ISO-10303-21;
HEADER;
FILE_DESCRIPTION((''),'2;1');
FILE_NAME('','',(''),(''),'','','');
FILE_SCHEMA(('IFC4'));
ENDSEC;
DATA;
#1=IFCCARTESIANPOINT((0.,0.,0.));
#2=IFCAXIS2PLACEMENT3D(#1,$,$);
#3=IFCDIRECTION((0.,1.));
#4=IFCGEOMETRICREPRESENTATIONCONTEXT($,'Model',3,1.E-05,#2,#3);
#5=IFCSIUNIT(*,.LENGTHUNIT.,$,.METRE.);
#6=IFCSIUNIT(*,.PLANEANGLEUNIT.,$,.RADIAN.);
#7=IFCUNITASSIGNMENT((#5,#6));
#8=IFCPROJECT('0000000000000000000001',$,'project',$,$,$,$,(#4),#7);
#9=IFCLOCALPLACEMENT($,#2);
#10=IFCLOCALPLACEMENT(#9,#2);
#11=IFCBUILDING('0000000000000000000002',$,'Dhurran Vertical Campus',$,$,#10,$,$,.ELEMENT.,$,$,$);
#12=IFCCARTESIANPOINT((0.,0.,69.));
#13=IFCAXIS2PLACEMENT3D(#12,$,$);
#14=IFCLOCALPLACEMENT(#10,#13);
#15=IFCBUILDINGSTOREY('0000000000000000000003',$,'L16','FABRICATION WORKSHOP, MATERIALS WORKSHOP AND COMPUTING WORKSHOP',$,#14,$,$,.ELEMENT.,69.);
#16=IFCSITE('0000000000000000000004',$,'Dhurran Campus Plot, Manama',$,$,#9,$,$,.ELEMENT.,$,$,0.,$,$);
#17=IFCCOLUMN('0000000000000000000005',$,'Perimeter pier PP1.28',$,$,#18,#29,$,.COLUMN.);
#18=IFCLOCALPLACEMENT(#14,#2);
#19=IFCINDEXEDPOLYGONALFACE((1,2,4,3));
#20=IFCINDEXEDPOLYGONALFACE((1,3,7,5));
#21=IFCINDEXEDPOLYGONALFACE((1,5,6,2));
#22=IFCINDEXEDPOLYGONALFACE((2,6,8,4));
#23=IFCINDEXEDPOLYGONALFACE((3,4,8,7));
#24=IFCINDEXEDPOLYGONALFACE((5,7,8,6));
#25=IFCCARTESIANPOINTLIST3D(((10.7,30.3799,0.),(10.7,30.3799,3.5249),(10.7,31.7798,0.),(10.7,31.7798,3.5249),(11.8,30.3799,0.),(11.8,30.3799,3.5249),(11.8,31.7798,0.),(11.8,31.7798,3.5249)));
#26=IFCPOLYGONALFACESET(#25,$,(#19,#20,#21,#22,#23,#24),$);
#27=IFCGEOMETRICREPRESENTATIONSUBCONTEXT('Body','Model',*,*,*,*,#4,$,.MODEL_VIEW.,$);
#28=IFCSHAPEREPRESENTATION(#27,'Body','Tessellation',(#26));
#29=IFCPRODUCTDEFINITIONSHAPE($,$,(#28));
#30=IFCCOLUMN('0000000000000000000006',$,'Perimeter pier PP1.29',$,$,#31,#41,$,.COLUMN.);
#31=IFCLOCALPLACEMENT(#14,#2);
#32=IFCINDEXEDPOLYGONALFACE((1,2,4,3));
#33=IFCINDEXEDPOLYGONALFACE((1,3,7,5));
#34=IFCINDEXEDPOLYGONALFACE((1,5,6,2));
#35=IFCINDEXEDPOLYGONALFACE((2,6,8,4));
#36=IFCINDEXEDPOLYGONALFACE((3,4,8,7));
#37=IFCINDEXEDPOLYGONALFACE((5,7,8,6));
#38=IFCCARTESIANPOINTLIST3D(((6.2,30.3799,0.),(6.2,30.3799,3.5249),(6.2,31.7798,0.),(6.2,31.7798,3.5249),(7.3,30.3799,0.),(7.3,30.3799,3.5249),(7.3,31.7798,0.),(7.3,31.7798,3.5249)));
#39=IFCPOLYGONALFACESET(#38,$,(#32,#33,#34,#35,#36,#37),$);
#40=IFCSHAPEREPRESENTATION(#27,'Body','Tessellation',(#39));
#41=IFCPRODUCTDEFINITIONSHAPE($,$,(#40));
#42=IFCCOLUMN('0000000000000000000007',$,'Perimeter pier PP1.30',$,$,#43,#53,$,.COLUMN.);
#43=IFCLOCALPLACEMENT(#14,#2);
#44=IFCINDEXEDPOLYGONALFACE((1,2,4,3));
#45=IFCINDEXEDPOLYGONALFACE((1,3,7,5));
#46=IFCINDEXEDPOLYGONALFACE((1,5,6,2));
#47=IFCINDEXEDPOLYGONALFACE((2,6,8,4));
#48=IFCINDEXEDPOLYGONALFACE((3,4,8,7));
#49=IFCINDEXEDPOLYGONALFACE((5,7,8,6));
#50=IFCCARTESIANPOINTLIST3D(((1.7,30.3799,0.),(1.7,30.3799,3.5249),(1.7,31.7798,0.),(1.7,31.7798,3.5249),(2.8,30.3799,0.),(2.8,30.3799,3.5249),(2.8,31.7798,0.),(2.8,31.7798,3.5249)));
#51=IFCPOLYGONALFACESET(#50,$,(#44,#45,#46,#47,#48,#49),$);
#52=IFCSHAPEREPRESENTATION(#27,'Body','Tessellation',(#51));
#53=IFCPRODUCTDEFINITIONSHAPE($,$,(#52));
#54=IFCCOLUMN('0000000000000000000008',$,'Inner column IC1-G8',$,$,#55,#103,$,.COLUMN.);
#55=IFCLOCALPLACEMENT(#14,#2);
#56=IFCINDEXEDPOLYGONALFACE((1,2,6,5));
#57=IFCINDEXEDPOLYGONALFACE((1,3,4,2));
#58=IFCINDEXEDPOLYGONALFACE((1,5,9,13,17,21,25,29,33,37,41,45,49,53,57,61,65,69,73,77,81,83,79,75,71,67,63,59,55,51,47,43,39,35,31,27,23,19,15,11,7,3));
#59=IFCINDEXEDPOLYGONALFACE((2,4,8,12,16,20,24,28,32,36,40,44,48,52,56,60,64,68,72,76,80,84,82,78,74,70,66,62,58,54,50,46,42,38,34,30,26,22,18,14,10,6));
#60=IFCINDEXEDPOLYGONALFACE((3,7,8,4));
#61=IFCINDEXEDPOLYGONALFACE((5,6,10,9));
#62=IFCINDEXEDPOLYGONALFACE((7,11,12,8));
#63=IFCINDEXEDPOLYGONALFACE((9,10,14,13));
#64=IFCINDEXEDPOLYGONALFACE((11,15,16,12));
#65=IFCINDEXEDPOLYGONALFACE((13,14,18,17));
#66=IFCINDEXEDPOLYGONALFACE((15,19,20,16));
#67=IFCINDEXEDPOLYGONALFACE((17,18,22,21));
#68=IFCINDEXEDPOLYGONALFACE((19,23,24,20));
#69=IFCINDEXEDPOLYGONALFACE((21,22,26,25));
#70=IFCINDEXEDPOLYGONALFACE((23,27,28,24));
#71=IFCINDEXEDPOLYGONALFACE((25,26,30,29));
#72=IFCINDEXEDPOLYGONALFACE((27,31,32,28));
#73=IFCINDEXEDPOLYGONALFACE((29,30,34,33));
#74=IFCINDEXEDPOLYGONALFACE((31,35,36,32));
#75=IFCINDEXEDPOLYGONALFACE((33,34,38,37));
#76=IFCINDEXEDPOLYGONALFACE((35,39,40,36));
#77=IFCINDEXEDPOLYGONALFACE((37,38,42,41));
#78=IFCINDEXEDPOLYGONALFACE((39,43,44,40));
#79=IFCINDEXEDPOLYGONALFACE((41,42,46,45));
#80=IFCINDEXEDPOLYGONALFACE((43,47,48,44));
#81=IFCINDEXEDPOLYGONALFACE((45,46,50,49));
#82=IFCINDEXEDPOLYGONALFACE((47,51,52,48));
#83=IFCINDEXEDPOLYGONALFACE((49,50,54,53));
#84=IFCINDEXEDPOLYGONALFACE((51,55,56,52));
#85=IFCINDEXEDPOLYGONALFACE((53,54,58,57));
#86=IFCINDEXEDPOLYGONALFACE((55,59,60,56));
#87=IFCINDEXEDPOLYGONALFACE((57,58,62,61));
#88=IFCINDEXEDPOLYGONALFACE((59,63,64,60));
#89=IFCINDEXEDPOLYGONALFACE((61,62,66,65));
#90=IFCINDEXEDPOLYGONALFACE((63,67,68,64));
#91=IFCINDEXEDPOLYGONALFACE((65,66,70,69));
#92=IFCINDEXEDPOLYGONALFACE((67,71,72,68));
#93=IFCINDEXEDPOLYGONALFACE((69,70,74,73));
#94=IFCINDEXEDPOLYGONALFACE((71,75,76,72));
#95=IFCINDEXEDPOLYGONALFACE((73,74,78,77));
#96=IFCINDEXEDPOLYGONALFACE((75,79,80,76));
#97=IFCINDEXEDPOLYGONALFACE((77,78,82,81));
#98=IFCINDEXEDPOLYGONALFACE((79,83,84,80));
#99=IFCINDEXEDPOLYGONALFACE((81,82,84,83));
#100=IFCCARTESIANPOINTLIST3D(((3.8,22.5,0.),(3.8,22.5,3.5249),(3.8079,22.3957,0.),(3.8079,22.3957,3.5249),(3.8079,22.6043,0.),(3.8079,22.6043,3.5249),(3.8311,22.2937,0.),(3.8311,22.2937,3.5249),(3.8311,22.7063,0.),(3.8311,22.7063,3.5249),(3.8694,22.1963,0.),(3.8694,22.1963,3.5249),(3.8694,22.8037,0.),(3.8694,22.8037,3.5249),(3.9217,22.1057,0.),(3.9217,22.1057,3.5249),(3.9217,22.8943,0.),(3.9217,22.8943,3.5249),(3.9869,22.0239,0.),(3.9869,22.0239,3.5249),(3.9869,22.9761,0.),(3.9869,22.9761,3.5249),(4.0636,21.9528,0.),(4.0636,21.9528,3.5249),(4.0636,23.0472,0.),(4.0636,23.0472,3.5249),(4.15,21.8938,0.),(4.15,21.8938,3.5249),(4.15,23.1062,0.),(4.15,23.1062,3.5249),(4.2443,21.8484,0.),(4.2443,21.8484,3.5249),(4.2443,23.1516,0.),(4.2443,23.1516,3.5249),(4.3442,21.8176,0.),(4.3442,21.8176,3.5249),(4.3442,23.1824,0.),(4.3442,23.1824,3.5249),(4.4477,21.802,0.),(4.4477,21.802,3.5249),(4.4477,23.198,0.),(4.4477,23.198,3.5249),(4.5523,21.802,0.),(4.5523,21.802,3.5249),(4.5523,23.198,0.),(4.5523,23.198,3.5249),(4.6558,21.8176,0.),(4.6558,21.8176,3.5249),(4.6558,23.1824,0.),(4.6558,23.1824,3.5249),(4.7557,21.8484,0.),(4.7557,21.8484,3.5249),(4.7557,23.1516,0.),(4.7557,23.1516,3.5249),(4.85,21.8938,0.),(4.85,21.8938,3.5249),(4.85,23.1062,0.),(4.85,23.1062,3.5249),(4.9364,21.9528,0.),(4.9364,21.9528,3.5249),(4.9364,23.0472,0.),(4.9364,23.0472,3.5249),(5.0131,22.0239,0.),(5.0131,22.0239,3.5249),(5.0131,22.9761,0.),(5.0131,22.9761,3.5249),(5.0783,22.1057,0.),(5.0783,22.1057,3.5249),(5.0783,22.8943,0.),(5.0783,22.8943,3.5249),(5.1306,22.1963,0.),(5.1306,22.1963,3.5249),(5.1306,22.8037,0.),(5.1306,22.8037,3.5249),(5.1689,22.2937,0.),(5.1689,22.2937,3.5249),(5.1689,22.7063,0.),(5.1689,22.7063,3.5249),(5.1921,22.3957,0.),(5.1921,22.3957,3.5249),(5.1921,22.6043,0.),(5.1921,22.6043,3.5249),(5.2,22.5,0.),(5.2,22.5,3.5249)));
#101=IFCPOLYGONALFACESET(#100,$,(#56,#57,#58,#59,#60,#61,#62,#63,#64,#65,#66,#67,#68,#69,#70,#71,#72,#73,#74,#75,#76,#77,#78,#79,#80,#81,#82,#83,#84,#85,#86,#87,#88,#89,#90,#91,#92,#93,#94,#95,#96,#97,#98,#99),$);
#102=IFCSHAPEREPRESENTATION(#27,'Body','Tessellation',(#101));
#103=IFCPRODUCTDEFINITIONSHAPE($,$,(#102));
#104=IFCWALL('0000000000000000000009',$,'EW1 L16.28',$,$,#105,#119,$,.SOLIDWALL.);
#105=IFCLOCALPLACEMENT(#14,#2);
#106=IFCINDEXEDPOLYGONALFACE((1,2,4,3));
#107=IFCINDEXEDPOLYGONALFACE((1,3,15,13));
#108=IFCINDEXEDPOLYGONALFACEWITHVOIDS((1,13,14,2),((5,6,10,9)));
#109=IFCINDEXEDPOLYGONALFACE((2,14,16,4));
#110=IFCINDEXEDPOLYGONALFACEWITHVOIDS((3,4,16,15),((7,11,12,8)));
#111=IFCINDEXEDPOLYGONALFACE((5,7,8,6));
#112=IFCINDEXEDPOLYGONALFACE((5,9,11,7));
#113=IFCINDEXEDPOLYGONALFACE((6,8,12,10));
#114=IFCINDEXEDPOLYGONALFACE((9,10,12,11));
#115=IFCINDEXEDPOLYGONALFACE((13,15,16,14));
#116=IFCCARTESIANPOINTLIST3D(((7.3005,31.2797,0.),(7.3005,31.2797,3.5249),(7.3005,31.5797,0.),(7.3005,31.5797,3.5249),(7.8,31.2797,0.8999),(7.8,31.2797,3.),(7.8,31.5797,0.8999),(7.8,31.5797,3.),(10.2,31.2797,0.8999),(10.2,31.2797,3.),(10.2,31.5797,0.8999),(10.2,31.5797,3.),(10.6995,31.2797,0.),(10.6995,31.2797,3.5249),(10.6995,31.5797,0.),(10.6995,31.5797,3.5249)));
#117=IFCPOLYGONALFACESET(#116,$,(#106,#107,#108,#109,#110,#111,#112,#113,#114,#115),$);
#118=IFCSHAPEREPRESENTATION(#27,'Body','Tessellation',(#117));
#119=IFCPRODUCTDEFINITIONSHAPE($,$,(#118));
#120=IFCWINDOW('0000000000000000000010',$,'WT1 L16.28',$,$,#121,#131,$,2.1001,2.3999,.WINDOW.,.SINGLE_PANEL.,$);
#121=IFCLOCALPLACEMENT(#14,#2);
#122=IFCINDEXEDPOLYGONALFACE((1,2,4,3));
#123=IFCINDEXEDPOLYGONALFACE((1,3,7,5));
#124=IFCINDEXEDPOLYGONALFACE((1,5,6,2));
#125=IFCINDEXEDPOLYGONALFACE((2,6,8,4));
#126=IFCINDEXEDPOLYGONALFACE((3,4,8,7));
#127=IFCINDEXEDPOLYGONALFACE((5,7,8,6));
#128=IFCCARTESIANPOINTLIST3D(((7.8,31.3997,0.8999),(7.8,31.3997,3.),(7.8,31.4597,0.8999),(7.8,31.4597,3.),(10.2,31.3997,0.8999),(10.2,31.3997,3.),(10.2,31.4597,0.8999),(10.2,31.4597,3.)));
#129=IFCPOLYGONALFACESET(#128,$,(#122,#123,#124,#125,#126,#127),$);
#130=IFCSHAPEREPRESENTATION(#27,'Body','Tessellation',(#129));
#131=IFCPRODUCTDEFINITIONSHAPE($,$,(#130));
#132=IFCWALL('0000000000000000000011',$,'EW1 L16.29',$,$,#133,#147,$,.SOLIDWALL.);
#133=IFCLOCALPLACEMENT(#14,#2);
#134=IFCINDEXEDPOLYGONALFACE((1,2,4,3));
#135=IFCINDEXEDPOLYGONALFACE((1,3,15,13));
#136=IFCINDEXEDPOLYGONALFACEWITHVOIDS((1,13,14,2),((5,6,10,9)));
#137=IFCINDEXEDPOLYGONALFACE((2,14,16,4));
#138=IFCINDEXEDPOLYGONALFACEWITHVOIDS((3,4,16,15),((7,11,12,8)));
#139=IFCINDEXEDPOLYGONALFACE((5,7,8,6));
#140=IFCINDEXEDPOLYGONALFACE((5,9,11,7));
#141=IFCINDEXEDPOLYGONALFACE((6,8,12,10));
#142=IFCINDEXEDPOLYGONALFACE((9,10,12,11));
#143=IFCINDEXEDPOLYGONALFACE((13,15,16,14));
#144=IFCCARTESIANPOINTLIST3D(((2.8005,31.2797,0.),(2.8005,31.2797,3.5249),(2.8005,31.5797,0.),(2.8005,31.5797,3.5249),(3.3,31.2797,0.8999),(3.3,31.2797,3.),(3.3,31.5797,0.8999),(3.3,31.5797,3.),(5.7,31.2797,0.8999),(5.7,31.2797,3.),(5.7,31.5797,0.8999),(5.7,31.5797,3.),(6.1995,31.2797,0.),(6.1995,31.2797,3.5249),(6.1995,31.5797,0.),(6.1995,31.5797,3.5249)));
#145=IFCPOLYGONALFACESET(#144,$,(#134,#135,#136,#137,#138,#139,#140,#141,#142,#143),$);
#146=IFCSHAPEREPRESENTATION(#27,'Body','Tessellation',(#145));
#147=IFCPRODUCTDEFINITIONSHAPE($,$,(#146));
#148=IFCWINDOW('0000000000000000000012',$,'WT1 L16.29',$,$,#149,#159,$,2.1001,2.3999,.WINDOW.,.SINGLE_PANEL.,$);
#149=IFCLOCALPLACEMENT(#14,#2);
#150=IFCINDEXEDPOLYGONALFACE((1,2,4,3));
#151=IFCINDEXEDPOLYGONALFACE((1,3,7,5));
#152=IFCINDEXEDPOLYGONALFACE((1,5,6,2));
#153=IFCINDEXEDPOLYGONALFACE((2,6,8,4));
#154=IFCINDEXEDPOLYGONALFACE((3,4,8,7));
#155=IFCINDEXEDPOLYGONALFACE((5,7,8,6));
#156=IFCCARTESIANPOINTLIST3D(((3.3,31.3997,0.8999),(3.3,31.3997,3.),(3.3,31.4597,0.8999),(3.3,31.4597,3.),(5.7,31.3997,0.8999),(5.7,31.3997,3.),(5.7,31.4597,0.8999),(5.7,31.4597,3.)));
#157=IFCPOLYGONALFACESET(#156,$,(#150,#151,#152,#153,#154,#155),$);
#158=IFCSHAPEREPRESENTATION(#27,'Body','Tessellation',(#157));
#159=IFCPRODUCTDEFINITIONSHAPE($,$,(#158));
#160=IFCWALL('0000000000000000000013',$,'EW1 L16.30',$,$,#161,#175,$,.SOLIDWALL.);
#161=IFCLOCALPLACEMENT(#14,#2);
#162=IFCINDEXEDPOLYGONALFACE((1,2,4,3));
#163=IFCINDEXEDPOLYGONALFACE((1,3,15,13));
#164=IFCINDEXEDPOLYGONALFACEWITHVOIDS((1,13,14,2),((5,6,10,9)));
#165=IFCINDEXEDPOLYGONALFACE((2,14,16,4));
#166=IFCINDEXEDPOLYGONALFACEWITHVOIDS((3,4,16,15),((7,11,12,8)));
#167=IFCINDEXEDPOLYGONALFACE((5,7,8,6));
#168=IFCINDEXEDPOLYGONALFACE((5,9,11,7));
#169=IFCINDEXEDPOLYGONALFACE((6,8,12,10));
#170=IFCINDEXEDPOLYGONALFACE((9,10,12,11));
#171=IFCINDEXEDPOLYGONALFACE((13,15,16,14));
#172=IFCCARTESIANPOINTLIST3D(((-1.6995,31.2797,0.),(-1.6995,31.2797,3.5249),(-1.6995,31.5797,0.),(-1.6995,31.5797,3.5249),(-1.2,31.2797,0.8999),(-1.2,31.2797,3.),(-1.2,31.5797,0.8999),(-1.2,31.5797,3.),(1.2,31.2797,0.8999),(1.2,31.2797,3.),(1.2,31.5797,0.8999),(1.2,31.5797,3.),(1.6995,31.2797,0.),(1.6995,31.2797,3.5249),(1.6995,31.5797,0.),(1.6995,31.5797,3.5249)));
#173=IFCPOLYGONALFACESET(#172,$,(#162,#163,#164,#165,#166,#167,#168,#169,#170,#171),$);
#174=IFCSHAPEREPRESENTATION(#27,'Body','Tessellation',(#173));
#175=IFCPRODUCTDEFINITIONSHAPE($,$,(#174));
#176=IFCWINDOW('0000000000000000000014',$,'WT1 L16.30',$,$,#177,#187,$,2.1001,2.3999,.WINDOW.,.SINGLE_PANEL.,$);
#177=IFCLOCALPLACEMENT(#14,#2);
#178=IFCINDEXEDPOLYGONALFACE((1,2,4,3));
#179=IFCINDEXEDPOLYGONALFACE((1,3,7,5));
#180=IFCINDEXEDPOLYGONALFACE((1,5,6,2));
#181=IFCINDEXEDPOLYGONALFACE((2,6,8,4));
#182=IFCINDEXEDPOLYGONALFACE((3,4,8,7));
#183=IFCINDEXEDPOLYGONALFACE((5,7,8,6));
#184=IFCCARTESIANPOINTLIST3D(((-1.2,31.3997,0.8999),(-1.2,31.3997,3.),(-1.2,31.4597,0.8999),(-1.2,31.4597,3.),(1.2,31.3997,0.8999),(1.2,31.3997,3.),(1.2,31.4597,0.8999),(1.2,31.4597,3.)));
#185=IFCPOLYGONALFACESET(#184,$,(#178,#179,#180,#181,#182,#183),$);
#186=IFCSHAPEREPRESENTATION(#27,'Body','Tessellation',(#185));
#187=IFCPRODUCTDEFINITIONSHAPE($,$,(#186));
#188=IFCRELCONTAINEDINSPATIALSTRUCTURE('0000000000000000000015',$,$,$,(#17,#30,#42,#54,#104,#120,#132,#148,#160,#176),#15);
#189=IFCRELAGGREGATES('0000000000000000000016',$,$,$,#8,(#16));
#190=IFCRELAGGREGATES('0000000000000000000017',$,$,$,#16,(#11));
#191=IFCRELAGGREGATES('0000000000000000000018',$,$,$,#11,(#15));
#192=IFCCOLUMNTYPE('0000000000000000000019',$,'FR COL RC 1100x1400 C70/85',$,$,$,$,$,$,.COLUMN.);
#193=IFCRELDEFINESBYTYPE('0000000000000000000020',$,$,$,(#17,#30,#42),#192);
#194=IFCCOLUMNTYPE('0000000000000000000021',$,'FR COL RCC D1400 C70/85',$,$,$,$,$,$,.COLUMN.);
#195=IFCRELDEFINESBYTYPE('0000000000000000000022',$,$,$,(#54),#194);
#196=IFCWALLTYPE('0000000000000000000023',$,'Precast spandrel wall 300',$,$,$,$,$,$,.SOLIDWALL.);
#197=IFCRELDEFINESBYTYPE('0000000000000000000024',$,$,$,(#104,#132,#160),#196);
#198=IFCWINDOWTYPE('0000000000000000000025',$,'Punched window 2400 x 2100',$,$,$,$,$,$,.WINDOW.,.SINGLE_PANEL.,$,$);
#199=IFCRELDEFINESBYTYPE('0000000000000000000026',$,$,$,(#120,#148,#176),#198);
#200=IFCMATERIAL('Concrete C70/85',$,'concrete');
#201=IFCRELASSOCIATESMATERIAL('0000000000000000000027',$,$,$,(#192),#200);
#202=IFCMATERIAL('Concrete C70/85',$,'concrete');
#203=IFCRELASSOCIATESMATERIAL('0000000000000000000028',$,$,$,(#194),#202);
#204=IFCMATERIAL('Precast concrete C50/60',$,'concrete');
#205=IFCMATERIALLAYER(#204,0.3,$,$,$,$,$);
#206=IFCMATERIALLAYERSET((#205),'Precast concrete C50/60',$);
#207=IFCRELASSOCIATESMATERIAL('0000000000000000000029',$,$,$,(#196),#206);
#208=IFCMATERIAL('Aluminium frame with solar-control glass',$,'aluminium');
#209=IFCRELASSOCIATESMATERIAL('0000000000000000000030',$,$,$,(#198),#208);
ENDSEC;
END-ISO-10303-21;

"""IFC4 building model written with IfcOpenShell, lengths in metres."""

from ifc_helpers import new_model, si_unit, direction, frame, frame_2d, origin, origin_2d, place, context, subcontext, project, spatial, rectangle, circle, extrude, material, layer, layer_set, material_profile, profile_set, type_object, element, fill, save


model = new_model("IFC4")

# Units and contexts
model_context = context("Model", 3, precision=1e-05, world=origin(), true_north=direction((0.0, 1.0)))
body_context = subcontext(model_context, "Body", "Model", "MODEL_VIEW")
ifc_project = project(units=[si_unit("LENGTHUNIT", "METRE"), si_unit("PLANEANGLEUNIT", "RADIAN")], contexts=[model_context])

# Site, building, storey
site_placement = place(None, origin())
site = spatial("IfcSite", under=ifc_project, at=site_placement, Name="Dhurran Campus Plot, Manama", CompositionType="ELEMENT", RefElevation=0.0)
building_placement = place(site_placement, origin())
building = spatial("IfcBuilding", under=site, at=building_placement, Name="Dhurran Vertical Campus", CompositionType="ELEMENT")
storey_placement = place(building_placement, frame((0.0, 0.0, 69.0)))
storey = spatial("IfcBuildingStorey", under=building, at=storey_placement, Name="L16", Description="FABRICATION WORKSHOP, MATERIALS WORKSHOP AND COMPUTING WORKSHOP", CompositionType="ELEMENT", Elevation=69.0)

# Columns
ifc_material_1 = material(Name="Concrete C70/85", Category="concrete")
ifc_material_profile_1 = material_profile(ifc_material_1, rectangle(XDim=1.1001, YDim=1.3999, at=origin_2d()), Name="RC 1100x1400")
ifc_profile_set_1 = profile_set([ifc_material_profile_1], Name="Concrete C70/85")
column_type_1 = type_object("IfcColumnType", Name="FR COL RC 1100x1400 C70/85", PredefinedType="COLUMN", material=ifc_profile_set_1)
for number, where, z_axis, x_axis, name in (
    (1, (11.25, 31.0798, 0.0), (0.0, 0.0, 1.0), (-1.0, 0.0, 0.0), "Perimeter pier PP1.28"),
    (2, (6.75, 31.0798, 0.0), (0.0, 0.0, 1.0), (-1.0, 0.0, 0.0), "Perimeter pier PP1.29"),
    (3, (2.25, 31.0798, 0.0), (0.0, 0.0, 1.0), (-1.0, 0.0, 0.0), "Perimeter pier PP1.30"),
):
    element("IfcColumn", number, at=place(storey_placement, frame(where, z_axis=z_axis, x_axis=x_axis)), inside=storey, type_object=column_type_1, Name=name, PredefinedType="COLUMN", context=body_context, shape_type="SweptSolid", body=[
        extrude(rectangle(XDim=1.1001, YDim=1.3999, at=origin_2d()), origin(), (0.0, 0.0, 1.0), 3.5249),
    ])
ifc_material_2 = material(Name="Concrete C70/85", Category="concrete")
ifc_material_profile_2 = material_profile(ifc_material_2, circle(Radius=0.7, at=origin_2d()), Name="RCC D1400")
ifc_profile_set_2 = profile_set([ifc_material_profile_2], Name="Concrete C70/85")
column_type_2 = type_object("IfcColumnType", Name="FR COL RCC D1400 C70/85", PredefinedType="COLUMN", material=ifc_profile_set_2)
column_placement = place(storey_placement, frame((4.5, 22.5, 0.0), z_axis=(0.0, 0.0, 1.0), x_axis=(1.0, 0.0, 0.0)))
element("IfcColumn", 4, at=column_placement, inside=storey, type_object=column_type_2, Name="Inner column IC1-G8", PredefinedType="COLUMN", context=body_context, shape_type="SweptSolid", body=[
    extrude(circle(Radius=0.7, at=origin_2d()), origin(), (0.0, 0.0, 1.0), 3.5249),
])

# Walls, openings, windows
ifc_material_3 = material(Name="Precast concrete C50/60", Category="concrete")
ifc_layer_1 = layer(ifc_material_3, 0.3)
ifc_layer_set_1 = layer_set([ifc_layer_1], Name="Precast concrete C50/60")
wall_type_1 = type_object("IfcWallType", Name="Precast spandrel wall 300", PredefinedType="SOLIDWALL", material=ifc_layer_set_1)
wall_1_placement = place(storey_placement, frame((10.6995, 31.4297, 0.0), z_axis=(0.0, 0.0, 1.0), x_axis=(-1.0, 0.0, 0.0)))
wall_1 = element("IfcWall", 5, at=wall_1_placement, inside=storey, type_object=wall_type_1, Name="EW1 L16.28", PredefinedType="SOLIDWALL", context=body_context, shape_type="SweptSolid", body=[
    extrude(rectangle(XDim=3.3989, YDim=0.3, at=frame_2d((1.6995, 0.0))), origin(), (0.0, 0.0, 1.0), 3.5249),
])
opening_1_placement = place(wall_1_placement, frame((0.4995, 0.0, 0.8999)))
opening_1 = element("IfcOpeningElement", 6, at=opening_1_placement, cuts=wall_1, PredefinedType="OPENING", context=body_context, shape_type="SweptSolid", body=[
    extrude(rectangle(XDim=2.3999, YDim=2.1001, at=frame_2d((1.2, 1.05))), frame((0.0, 0.1599, 0.0), z_axis=(0.0, -1.0, 0.0), x_axis=(1.0, 0.0, 0.0)), (0.0, 0.0, 1.0), 0.3201),
])
ifc_material_4 = material(Name="Aluminium frame with solar-control glass", Category="aluminium")
window_type = type_object("IfcWindowType", Name="Punched window 2400 x 2100", PartitioningType="SINGLE_PANEL", PredefinedType="WINDOW", material=ifc_material_4)
window_1_placement = place(opening_1_placement, origin())
window_1 = element("IfcWindow", 7, at=window_1_placement, inside=storey, type_object=window_type, Name="WT1 L16.28", OverallHeight=2.1001, OverallWidth=2.3999, PartitioningType="SINGLE_PANEL", PredefinedType="WINDOW", context=body_context, shape_type="SweptSolid", body=[
    extrude(rectangle(XDim=2.3999, YDim=2.1001, at=frame_2d((1.2, 1.05))), frame((0.0, 0.03, 0.0), z_axis=(0.0, -1.0, 0.0), x_axis=(1.0, 0.0, 0.0)), (0.0, 0.0, 1.0), 0.0601),
])
fill(opening_1, window_1)
wall_2_placement = place(storey_placement, frame((6.1995, 31.4297, 0.0), z_axis=(0.0, 0.0, 1.0), x_axis=(-1.0, 0.0, 0.0)))
wall_2 = element("IfcWall", 8, at=wall_2_placement, inside=storey, type_object=wall_type_1, Name="EW1 L16.29", PredefinedType="SOLIDWALL", context=body_context, shape_type="SweptSolid", body=[
    extrude(rectangle(XDim=3.3989, YDim=0.3, at=frame_2d((1.6995, 0.0))), origin(), (0.0, 0.0, 1.0), 3.5249),
])
opening_2_placement = place(wall_2_placement, frame((0.4995, 0.0, 0.8999)))
opening_2 = element("IfcOpeningElement", 9, at=opening_2_placement, cuts=wall_2, PredefinedType="OPENING", context=body_context, shape_type="SweptSolid", body=[
    extrude(rectangle(XDim=2.3999, YDim=2.1001, at=frame_2d((1.2, 1.05))), frame((0.0, 0.1599, 0.0), z_axis=(0.0, -1.0, 0.0), x_axis=(1.0, 0.0, 0.0)), (0.0, 0.0, 1.0), 0.3201),
])
window_2_placement = place(opening_2_placement, origin())
window_2 = element("IfcWindow", 10, at=window_2_placement, inside=storey, type_object=window_type, Name="WT1 L16.29", OverallHeight=2.1001, OverallWidth=2.3999, PartitioningType="SINGLE_PANEL", PredefinedType="WINDOW", context=body_context, shape_type="SweptSolid", body=[
    extrude(rectangle(XDim=2.3999, YDim=2.1001, at=frame_2d((1.2, 1.05))), frame((0.0, 0.03, 0.0), z_axis=(0.0, -1.0, 0.0), x_axis=(1.0, 0.0, 0.0)), (0.0, 0.0, 1.0), 0.0601),
])
fill(opening_2, window_2)
wall_3_placement = place(storey_placement, frame((1.6995, 31.4297, 0.0), z_axis=(0.0, 0.0, 1.0), x_axis=(-1.0, 0.0, 0.0)))
wall_3 = element("IfcWall", 11, at=wall_3_placement, inside=storey, type_object=wall_type_1, Name="EW1 L16.30", PredefinedType="SOLIDWALL", context=body_context, shape_type="SweptSolid", body=[
    extrude(rectangle(XDim=3.3989, YDim=0.3, at=frame_2d((1.6995, 0.0))), origin(), (0.0, 0.0, 1.0), 3.5249),
])
opening_3_placement = place(wall_3_placement, frame((0.4995, 0.0, 0.8999)))
opening_3 = element("IfcOpeningElement", 12, at=opening_3_placement, cuts=wall_3, PredefinedType="OPENING", context=body_context, shape_type="SweptSolid", body=[
    extrude(rectangle(XDim=2.3999, YDim=2.1001, at=frame_2d((1.2, 1.05))), frame((0.0, 0.1599, 0.0), z_axis=(0.0, -1.0, 0.0), x_axis=(1.0, 0.0, 0.0)), (0.0, 0.0, 1.0), 0.3201),
])
window_3_placement = place(opening_3_placement, origin())
window_3 = element("IfcWindow", 13, at=window_3_placement, inside=storey, type_object=window_type, Name="WT1 L16.30", OverallHeight=2.1001, OverallWidth=2.3999, PartitioningType="SINGLE_PANEL", PredefinedType="WINDOW", context=body_context, shape_type="SweptSolid", body=[
    extrude(rectangle(XDim=2.3999, YDim=2.1001, at=frame_2d((1.2, 1.05))), frame((0.0, 0.03, 0.0), z_axis=(0.0, -1.0, 0.0), x_axis=(1.0, 0.0, 0.0)), (0.0, 0.0, 1.0), 0.0601),
])
fill(opening_3, window_3)

save(model, "model.ifc")
